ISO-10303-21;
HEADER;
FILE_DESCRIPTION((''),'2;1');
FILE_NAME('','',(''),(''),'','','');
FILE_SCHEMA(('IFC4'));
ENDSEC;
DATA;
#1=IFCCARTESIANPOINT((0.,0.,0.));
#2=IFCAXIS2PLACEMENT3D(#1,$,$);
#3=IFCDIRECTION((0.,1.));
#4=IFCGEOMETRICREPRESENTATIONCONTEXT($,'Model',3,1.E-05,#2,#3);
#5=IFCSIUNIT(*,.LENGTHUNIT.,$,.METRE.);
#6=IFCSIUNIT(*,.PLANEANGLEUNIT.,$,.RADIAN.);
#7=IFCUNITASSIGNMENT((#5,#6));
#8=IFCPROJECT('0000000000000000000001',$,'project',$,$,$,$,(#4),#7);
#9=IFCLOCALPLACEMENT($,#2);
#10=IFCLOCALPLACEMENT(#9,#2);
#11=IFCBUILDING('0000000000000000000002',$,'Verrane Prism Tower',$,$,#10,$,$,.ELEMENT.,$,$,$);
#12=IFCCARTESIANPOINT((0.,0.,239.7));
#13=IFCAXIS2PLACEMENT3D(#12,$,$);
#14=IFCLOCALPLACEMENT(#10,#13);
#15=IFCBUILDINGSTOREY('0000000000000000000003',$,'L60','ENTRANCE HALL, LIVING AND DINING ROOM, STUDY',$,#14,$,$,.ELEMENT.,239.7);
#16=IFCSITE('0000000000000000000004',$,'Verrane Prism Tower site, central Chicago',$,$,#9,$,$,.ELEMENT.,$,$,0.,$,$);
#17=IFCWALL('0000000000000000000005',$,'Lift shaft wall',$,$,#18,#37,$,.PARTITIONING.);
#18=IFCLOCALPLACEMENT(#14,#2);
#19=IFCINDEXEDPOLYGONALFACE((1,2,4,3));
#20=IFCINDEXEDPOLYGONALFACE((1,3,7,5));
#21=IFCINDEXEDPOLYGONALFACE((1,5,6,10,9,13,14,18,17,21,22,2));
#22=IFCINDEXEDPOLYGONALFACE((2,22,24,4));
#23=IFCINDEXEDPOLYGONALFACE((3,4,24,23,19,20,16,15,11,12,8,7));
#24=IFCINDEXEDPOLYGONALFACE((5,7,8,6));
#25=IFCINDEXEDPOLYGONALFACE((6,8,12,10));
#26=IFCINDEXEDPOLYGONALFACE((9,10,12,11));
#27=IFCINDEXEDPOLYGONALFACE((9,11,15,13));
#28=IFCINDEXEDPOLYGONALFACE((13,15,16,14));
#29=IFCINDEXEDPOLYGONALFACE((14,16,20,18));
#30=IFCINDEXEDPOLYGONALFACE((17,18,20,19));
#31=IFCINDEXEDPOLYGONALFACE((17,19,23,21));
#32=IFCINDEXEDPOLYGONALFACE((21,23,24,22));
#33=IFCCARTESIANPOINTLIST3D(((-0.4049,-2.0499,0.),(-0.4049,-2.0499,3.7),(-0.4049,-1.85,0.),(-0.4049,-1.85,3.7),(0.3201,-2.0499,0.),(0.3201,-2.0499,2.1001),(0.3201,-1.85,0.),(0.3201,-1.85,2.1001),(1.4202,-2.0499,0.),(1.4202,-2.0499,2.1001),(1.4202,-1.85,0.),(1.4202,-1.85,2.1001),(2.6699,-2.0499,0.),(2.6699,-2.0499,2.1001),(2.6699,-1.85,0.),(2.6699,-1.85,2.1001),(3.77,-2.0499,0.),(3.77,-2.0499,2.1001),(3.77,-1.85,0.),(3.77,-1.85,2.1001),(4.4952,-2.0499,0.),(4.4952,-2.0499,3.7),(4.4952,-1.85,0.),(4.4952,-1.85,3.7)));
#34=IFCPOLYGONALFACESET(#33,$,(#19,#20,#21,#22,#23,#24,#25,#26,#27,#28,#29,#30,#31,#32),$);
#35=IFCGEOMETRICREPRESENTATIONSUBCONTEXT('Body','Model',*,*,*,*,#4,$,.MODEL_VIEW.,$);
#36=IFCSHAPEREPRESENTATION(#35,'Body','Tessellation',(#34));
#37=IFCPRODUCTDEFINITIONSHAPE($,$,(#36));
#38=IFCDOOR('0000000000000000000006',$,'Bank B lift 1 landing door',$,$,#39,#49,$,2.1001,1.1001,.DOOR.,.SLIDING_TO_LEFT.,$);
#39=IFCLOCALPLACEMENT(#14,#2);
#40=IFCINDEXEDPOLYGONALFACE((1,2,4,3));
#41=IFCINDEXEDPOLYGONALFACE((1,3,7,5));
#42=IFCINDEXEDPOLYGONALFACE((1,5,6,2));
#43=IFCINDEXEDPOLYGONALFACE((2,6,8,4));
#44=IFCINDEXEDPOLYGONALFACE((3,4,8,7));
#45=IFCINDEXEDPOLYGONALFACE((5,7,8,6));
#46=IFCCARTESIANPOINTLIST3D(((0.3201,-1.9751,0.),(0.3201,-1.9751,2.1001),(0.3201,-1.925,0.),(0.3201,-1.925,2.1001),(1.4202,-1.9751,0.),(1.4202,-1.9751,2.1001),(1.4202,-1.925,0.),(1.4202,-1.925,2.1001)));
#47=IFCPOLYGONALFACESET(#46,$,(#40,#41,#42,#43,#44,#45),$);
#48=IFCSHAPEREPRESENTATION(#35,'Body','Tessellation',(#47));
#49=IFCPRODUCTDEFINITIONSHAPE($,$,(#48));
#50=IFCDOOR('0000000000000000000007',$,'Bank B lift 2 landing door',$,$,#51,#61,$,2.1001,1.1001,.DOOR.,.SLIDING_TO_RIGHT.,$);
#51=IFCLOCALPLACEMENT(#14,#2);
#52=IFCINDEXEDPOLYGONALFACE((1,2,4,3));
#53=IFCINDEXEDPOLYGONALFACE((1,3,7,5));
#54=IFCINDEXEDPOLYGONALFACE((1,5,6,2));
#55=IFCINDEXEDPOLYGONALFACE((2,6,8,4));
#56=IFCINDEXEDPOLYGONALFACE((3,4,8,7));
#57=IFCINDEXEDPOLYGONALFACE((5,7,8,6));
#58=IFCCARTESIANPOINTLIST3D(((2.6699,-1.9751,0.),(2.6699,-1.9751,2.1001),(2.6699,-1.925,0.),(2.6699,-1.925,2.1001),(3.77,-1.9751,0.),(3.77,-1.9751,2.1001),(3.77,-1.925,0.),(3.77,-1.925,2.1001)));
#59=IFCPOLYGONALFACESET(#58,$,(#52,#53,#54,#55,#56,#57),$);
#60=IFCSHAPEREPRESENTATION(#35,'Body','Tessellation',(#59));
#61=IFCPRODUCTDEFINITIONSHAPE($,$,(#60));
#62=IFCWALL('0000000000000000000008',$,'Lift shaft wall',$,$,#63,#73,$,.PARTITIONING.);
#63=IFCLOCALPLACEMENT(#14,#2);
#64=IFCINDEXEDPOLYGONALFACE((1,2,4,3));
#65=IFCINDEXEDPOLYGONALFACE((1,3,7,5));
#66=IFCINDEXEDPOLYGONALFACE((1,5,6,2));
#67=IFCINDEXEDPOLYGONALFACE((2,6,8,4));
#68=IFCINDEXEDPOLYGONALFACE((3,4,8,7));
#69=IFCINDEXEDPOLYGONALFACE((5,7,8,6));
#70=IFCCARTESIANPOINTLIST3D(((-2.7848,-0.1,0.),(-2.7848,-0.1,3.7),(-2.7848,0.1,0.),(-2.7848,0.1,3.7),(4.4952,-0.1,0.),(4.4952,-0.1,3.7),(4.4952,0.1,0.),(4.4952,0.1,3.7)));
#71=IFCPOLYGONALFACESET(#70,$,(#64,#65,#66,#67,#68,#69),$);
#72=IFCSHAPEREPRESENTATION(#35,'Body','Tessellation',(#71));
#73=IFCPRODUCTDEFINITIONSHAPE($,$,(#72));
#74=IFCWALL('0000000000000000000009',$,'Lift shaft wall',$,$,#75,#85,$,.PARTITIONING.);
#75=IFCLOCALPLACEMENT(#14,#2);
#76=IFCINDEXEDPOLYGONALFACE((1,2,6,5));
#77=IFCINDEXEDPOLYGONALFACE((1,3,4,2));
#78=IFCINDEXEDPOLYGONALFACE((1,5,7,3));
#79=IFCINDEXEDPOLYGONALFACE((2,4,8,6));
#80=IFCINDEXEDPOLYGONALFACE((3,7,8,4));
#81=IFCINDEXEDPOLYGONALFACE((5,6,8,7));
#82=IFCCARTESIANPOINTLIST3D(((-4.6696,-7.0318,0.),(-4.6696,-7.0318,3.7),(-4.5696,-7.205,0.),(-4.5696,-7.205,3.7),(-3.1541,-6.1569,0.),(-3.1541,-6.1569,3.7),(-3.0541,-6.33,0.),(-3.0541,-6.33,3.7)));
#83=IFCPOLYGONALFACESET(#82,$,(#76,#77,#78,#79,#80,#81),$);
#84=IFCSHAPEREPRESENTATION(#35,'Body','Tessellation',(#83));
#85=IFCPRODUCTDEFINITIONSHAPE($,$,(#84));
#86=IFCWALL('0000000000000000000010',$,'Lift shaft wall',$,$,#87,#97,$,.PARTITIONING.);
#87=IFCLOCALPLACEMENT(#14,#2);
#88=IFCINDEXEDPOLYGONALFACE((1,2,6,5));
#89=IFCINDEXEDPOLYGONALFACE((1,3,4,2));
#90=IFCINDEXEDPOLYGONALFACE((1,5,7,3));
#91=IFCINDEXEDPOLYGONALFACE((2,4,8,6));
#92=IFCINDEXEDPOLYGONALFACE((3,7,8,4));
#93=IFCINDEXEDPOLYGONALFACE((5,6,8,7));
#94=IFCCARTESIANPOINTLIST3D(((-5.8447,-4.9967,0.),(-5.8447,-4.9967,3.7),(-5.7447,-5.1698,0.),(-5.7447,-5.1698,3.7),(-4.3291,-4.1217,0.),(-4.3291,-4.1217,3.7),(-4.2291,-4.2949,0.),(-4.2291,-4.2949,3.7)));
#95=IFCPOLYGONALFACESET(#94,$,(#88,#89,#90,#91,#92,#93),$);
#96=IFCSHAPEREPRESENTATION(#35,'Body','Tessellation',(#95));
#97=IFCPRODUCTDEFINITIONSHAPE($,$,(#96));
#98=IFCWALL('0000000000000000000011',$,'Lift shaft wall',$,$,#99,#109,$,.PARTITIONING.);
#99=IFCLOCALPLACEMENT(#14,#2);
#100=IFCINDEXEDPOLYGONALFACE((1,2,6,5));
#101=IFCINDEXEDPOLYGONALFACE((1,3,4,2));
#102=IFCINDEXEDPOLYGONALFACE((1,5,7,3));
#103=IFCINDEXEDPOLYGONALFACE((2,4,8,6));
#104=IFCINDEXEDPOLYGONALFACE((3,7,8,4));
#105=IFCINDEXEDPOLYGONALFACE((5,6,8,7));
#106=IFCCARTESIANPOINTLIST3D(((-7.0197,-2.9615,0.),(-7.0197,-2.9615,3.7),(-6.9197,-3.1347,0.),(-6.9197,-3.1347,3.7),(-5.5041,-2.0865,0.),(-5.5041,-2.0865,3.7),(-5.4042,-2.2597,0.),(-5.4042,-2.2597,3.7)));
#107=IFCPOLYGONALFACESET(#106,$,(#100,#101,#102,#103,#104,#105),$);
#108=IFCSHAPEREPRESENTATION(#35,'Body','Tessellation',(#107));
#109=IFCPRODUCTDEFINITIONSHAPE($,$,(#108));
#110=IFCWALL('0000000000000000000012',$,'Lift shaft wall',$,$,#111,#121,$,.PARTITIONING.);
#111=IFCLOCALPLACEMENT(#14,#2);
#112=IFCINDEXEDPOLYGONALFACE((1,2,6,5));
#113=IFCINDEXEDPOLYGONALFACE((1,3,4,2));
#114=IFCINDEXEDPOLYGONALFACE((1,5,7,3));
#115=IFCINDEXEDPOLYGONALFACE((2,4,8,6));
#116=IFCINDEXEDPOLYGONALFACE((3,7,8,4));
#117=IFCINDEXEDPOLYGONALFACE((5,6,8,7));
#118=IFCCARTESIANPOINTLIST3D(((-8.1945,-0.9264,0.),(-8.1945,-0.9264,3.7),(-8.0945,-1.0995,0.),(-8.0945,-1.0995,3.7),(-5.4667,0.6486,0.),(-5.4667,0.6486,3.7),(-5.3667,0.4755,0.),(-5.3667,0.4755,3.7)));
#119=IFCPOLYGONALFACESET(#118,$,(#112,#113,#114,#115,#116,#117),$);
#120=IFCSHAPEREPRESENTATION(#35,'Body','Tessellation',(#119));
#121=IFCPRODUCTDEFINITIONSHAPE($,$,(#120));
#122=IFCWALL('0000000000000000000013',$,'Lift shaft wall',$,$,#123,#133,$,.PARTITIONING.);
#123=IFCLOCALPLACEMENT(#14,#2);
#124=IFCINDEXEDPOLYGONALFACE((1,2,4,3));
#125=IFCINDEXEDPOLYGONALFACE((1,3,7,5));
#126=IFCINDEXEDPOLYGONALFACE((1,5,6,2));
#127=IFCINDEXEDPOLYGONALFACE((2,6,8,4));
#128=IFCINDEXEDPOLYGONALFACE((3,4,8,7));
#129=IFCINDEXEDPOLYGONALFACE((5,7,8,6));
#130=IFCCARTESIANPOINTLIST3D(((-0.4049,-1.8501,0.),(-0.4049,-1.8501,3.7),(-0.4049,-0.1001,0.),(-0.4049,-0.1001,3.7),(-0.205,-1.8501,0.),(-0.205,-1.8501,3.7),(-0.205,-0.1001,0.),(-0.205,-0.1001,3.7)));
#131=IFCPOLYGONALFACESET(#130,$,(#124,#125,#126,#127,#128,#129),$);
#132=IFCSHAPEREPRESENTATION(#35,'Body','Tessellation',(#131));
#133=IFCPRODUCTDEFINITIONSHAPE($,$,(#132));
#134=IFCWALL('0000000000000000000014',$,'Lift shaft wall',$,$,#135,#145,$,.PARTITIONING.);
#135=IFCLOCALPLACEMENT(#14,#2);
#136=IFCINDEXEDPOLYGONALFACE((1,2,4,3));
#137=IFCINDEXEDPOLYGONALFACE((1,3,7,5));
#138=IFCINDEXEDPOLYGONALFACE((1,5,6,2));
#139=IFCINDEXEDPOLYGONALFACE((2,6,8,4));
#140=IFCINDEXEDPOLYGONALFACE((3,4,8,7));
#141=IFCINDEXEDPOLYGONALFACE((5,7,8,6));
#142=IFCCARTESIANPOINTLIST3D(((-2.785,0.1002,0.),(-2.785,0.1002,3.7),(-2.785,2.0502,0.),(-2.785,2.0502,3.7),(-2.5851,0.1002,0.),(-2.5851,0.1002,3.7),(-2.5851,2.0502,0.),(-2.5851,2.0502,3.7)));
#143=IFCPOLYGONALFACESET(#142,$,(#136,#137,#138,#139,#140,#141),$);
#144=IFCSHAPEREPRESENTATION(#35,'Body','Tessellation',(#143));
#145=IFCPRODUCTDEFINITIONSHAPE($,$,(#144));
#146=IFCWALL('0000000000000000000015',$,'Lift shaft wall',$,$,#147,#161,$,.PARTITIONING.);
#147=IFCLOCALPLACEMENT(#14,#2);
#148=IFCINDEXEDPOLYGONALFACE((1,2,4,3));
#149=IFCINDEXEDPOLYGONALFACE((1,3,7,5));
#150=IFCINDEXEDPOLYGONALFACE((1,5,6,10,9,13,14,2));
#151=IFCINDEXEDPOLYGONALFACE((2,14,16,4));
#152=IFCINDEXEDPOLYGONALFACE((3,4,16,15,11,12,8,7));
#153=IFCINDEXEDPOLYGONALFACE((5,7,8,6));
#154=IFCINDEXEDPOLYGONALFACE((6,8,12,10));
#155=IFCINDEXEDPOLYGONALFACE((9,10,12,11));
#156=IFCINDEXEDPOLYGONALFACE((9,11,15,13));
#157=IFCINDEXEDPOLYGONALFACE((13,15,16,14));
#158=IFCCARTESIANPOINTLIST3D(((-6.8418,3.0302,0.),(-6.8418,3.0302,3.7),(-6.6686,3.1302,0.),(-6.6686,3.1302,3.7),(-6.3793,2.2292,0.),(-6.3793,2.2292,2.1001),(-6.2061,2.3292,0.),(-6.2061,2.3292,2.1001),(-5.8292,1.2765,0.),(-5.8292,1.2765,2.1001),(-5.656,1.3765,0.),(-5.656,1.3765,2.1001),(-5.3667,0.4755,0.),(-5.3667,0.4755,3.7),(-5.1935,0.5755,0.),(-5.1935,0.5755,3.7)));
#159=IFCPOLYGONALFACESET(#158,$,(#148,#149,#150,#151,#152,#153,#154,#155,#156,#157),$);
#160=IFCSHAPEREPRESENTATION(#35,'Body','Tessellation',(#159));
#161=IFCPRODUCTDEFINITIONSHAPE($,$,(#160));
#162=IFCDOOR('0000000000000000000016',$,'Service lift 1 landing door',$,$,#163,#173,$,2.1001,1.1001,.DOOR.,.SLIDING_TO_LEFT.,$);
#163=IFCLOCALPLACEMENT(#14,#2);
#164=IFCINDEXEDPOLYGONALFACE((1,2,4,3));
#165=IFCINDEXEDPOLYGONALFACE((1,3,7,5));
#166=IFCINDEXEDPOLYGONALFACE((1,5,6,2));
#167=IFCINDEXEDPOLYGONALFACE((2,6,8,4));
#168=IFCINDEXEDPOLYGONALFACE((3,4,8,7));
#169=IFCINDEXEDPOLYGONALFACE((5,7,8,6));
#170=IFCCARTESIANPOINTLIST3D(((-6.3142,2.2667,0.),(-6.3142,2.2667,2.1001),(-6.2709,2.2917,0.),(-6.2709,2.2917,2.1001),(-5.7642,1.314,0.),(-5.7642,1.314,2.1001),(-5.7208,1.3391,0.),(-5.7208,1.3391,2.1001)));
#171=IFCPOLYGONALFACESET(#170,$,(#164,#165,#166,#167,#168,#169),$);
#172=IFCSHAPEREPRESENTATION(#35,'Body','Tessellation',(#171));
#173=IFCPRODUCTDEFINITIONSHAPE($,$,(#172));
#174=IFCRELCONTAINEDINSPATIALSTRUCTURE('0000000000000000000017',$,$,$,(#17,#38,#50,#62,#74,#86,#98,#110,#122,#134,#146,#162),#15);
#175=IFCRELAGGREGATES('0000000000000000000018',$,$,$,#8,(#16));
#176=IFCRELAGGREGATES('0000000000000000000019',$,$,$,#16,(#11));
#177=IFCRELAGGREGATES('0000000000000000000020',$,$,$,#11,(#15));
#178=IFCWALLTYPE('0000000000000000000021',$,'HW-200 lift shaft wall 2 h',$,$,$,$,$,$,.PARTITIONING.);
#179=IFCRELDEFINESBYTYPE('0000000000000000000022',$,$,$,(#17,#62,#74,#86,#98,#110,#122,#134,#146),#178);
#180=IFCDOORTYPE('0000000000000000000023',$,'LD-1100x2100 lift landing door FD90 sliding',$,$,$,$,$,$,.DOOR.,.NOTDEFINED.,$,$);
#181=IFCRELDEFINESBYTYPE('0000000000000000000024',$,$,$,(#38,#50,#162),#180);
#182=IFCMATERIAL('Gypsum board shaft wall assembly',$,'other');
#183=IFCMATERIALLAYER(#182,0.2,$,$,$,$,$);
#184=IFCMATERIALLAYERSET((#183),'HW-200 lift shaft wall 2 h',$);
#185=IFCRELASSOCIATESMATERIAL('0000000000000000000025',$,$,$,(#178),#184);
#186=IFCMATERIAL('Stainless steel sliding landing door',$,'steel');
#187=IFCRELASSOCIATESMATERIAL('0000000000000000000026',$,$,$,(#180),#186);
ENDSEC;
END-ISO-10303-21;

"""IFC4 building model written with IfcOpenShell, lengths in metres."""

from ifc_helpers import new_model, si_unit, direction, frame, frame_2d, origin, place, context, subcontext, project, spatial, rectangle, extrude, material, layer, layer_set, type_object, element, fill, save


model = new_model("IFC4")

# Units and contexts
model_context = context("Model", 3, precision=1e-05, world=origin(), true_north=direction((0.0, 1.0)))
body_context = subcontext(model_context, "Body", "Model", "MODEL_VIEW")
ifc_project = project(units=[si_unit("LENGTHUNIT", "METRE"), si_unit("PLANEANGLEUNIT", "RADIAN")], contexts=[model_context])

# Site, building, storey
site_placement = place(None, origin())
site = spatial("IfcSite", under=ifc_project, at=site_placement, Name="Verrane Prism Tower site, central Chicago", CompositionType="ELEMENT", RefElevation=0.0)
building_placement = place(site_placement, origin())
building = spatial("IfcBuilding", under=site, at=building_placement, Name="Verrane Prism Tower", CompositionType="ELEMENT")
storey_placement = place(building_placement, frame((0.0, 0.0, 239.7)))
storey = spatial("IfcBuildingStorey", under=building, at=storey_placement, Name="L60", Description="ENTRANCE HALL, LIVING AND DINING ROOM, STUDY", CompositionType="ELEMENT", Elevation=239.7)

# Wall, openings, doors
ifc_material_1 = material(Name="Gypsum board shaft wall assembly", Category="other")
ifc_layer_1 = layer(ifc_material_1, 0.2)
ifc_layer_set_1 = layer_set([ifc_layer_1], Name="HW-200 lift shaft wall 2 h")
wall_type_1 = type_object("IfcWallType", Name="HW-200 lift shaft wall 2 h", PredefinedType="PARTITIONING", material=ifc_layer_set_1)
wall_1_placement = place(storey_placement, frame((-0.405, -1.95, 0.0), z_axis=(0.0, 0.0, 1.0), x_axis=(1.0, 0.0, 0.0)))
wall_1 = element("IfcWall", 1, at=wall_1_placement, inside=storey, type_object=wall_type_1, Name="Lift shaft wall", PredefinedType="PARTITIONING", context=body_context, shape_type="SweptSolid", body=[
    extrude(rectangle(XDim=4.9001, YDim=0.2, at=frame_2d((2.4502, 0.0))), origin(), (0.0, 0.0, 1.0), 3.7),
])
opening_1_placement = place(wall_1_placement, frame((0.7251, 0.0, 0.0)))
opening_1 = element("IfcOpeningElement", 2, at=opening_1_placement, cuts=wall_1, PredefinedType="OPENING", context=body_context, shape_type="SweptSolid", body=[
    extrude(rectangle(XDim=1.1001, YDim=2.1001, at=frame_2d((0.55, 1.05))), frame((0.0, 0.1099, 0.0), z_axis=(0.0, -1.0, 0.0), x_axis=(1.0, 0.0, 0.0)), (0.0, 0.0, 1.0), 0.22),
])
opening_2_placement = place(wall_1_placement, frame((3.075, 0.0, 0.0)))
opening_2 = element("IfcOpeningElement", 3, at=opening_2_placement, cuts=wall_1, PredefinedType="OPENING", context=body_context, shape_type="SweptSolid", body=[
    extrude(rectangle(XDim=1.1001, YDim=2.1001, at=frame_2d((0.55, 1.05))), frame((0.0, 0.1099, 0.0), z_axis=(0.0, -1.0, 0.0), x_axis=(1.0, 0.0, 0.0)), (0.0, 0.0, 1.0), 0.22),
])
ifc_material_2 = material(Name="Stainless steel sliding landing door", Category="steel")
door_type = type_object("IfcDoorType", Name="LD-1100x2100 lift landing door FD90 sliding", OperationType="NOTDEFINED", PredefinedType="DOOR", material=ifc_material_2)
door_1_placement = place(opening_1_placement, origin())
door_1 = element("IfcDoor", 4, at=door_1_placement, inside=storey, type_object=door_type, Name="Bank B lift 1 landing door", OperationType="SLIDING_TO_LEFT", OverallHeight=2.1001, OverallWidth=1.1001, PredefinedType="DOOR", context=body_context, shape_type="SweptSolid", body=[
    extrude(rectangle(XDim=1.1001, YDim=2.1001, at=frame_2d((0.55, 1.05))), frame((0.0, 0.0249, 0.0), z_axis=(0.0, -1.0, 0.0), x_axis=(1.0, 0.0, 0.0)), (0.0, 0.0, 1.0), 0.05),
])
fill(opening_1, door_1)
door_2_placement = place(opening_2_placement, origin())
door_2 = element("IfcDoor", 5, at=door_2_placement, inside=storey, type_object=door_type, Name="Bank B lift 2 landing door", OperationType="SLIDING_TO_RIGHT", OverallHeight=2.1001, OverallWidth=1.1001, PredefinedType="DOOR", context=body_context, shape_type="SweptSolid", body=[
    extrude(rectangle(XDim=1.1001, YDim=2.1001, at=frame_2d((0.55, 1.05))), frame((0.0, 0.0249, 0.0), z_axis=(0.0, -1.0, 0.0), x_axis=(1.0, 0.0, 0.0)), (0.0, 0.0, 1.0), 0.05),
])
fill(opening_2, door_2)

# Walls
wall_2_placement = place(storey_placement, frame((-2.7849, 0.0, 0.0), z_axis=(0.0, 0.0, 1.0), x_axis=(1.0, 0.0, 0.0)))
element("IfcWall", 6, at=wall_2_placement, inside=storey, type_object=wall_type_1, Name="Lift shaft wall", PredefinedType="PARTITIONING", context=body_context, shape_type="SweptSolid", body=[
    extrude(rectangle(XDim=7.28, YDim=0.2, at=frame_2d((3.6401, 0.0))), origin(), (0.0, 0.0, 1.0), 3.7),
])
for number, where, z_axis, x_axis, name in (
    (7, (-4.6196, -7.1184, 0.0), (0.0, 0.0, 1.0), (0.866037, 0.49998, 0.0), "Lift shaft wall"),
    (8, (-5.7947, -5.0833, 0.0), (0.0, 0.0, 1.0), (0.866037, 0.49998, 0.0), "Lift shaft wall"),
    (9, (-6.9697, -3.0481, 0.0), (0.0, 0.0, 1.0), (0.866037, 0.49998, 0.0), "Lift shaft wall"),
):
    element("IfcWall", number, at=place(storey_placement, frame(where, z_axis=z_axis, x_axis=x_axis)), inside=storey, type_object=wall_type_1, Name=name, PredefinedType="PARTITIONING", context=body_context, shape_type="SweptSolid", body=[
        extrude(rectangle(XDim=1.75, YDim=0.2, at=frame_2d((0.875, 0.0))), origin(), (0.0, 0.0, 1.0), 3.7),
    ])
wall_3_placement = place(storey_placement, frame((-8.1445, -1.0129, 0.0), z_axis=(0.0, 0.0, 1.0), x_axis=(0.866016, 0.500015, 0.0)))
element("IfcWall", 10, at=wall_3_placement, inside=storey, type_object=wall_type_1, Name="Lift shaft wall", PredefinedType="PARTITIONING", context=body_context, shape_type="SweptSolid", body=[
    extrude(rectangle(XDim=3.1499, YDim=0.2, at=frame_2d((1.575, 0.0))), origin(), (0.0, 0.0, 1.0), 3.7),
])
wall_4_placement = place(storey_placement, frame((-0.3049, -1.8501, 0.0), z_axis=(0.0, 0.0, 1.0), x_axis=(0.0, 1.0, 0.0)))
element("IfcWall", 11, at=wall_4_placement, inside=storey, type_object=wall_type_1, Name="Lift shaft wall", PredefinedType="PARTITIONING", context=body_context, shape_type="SweptSolid", body=[
    extrude(rectangle(XDim=1.75, YDim=0.2, at=frame_2d((0.875, 0.0))), origin(), (0.0, 0.0, 1.0), 3.7),
])
wall_5_placement = place(storey_placement, frame((-2.6851, 0.1001, 0.0), z_axis=(0.0, 0.0, 1.0), x_axis=(0.0, 1.0, 0.0)))
element("IfcWall", 12, at=wall_5_placement, inside=storey, type_object=wall_type_1, Name="Lift shaft wall", PredefinedType="PARTITIONING", context=body_context, shape_type="SweptSolid", body=[
    extrude(rectangle(XDim=1.95, YDim=0.2, at=frame_2d((0.9751, 0.0))), origin(), (0.0, 0.0, 1.0), 3.7),
])

# Wall, opening, door
wall_6_placement = place(storey_placement, frame((-5.28, 0.5254, 0.0), z_axis=(0.0, 0.0, 1.0), x_axis=(-0.500038, 0.866004, 0.0)))
wall_6 = element("IfcWall", 13, at=wall_6_placement, inside=storey, type_object=wall_type_1, Name="Lift shaft wall", PredefinedType="PARTITIONING", context=body_context, shape_type="SweptSolid", body=[
    extrude(rectangle(XDim=2.95, YDim=0.2, at=frame_2d((1.4751, 0.0))), origin(), (0.0, 0.0, 1.0), 3.7),
])
opening_3_placement = place(wall_6_placement, frame((0.925, 0.0, 0.0)))
opening_3 = element("IfcOpeningElement", 14, at=opening_3_placement, cuts=wall_6, PredefinedType="OPENING", context=body_context, shape_type="SweptSolid", body=[
    extrude(rectangle(XDim=1.1001, YDim=2.1001, at=frame_2d((0.55, 1.05))), frame((0.0, 0.1099, 0.0), z_axis=(0.0, -1.0, 0.0), x_axis=(1.0, 0.0, 0.0)), (0.0, 0.0, 1.0), 0.22),
])
door_3_placement = place(opening_3_placement, origin())
door_3 = element("IfcDoor", 15, at=door_3_placement, inside=storey, type_object=door_type, Name="Service lift 1 landing door", OperationType="SLIDING_TO_LEFT", OverallHeight=2.1001, OverallWidth=1.1001, PredefinedType="DOOR", context=body_context, shape_type="SweptSolid", body=[
    extrude(rectangle(XDim=1.1001, YDim=2.1001, at=frame_2d((0.55, 1.05))), frame((0.0, 0.0249, 0.0), z_axis=(0.0, -1.0, 0.0), x_axis=(1.0, 0.0, 0.0)), (0.0, 0.0, 1.0), 0.05),
])
fill(opening_3, door_3)

save(model, "model.ifc")
